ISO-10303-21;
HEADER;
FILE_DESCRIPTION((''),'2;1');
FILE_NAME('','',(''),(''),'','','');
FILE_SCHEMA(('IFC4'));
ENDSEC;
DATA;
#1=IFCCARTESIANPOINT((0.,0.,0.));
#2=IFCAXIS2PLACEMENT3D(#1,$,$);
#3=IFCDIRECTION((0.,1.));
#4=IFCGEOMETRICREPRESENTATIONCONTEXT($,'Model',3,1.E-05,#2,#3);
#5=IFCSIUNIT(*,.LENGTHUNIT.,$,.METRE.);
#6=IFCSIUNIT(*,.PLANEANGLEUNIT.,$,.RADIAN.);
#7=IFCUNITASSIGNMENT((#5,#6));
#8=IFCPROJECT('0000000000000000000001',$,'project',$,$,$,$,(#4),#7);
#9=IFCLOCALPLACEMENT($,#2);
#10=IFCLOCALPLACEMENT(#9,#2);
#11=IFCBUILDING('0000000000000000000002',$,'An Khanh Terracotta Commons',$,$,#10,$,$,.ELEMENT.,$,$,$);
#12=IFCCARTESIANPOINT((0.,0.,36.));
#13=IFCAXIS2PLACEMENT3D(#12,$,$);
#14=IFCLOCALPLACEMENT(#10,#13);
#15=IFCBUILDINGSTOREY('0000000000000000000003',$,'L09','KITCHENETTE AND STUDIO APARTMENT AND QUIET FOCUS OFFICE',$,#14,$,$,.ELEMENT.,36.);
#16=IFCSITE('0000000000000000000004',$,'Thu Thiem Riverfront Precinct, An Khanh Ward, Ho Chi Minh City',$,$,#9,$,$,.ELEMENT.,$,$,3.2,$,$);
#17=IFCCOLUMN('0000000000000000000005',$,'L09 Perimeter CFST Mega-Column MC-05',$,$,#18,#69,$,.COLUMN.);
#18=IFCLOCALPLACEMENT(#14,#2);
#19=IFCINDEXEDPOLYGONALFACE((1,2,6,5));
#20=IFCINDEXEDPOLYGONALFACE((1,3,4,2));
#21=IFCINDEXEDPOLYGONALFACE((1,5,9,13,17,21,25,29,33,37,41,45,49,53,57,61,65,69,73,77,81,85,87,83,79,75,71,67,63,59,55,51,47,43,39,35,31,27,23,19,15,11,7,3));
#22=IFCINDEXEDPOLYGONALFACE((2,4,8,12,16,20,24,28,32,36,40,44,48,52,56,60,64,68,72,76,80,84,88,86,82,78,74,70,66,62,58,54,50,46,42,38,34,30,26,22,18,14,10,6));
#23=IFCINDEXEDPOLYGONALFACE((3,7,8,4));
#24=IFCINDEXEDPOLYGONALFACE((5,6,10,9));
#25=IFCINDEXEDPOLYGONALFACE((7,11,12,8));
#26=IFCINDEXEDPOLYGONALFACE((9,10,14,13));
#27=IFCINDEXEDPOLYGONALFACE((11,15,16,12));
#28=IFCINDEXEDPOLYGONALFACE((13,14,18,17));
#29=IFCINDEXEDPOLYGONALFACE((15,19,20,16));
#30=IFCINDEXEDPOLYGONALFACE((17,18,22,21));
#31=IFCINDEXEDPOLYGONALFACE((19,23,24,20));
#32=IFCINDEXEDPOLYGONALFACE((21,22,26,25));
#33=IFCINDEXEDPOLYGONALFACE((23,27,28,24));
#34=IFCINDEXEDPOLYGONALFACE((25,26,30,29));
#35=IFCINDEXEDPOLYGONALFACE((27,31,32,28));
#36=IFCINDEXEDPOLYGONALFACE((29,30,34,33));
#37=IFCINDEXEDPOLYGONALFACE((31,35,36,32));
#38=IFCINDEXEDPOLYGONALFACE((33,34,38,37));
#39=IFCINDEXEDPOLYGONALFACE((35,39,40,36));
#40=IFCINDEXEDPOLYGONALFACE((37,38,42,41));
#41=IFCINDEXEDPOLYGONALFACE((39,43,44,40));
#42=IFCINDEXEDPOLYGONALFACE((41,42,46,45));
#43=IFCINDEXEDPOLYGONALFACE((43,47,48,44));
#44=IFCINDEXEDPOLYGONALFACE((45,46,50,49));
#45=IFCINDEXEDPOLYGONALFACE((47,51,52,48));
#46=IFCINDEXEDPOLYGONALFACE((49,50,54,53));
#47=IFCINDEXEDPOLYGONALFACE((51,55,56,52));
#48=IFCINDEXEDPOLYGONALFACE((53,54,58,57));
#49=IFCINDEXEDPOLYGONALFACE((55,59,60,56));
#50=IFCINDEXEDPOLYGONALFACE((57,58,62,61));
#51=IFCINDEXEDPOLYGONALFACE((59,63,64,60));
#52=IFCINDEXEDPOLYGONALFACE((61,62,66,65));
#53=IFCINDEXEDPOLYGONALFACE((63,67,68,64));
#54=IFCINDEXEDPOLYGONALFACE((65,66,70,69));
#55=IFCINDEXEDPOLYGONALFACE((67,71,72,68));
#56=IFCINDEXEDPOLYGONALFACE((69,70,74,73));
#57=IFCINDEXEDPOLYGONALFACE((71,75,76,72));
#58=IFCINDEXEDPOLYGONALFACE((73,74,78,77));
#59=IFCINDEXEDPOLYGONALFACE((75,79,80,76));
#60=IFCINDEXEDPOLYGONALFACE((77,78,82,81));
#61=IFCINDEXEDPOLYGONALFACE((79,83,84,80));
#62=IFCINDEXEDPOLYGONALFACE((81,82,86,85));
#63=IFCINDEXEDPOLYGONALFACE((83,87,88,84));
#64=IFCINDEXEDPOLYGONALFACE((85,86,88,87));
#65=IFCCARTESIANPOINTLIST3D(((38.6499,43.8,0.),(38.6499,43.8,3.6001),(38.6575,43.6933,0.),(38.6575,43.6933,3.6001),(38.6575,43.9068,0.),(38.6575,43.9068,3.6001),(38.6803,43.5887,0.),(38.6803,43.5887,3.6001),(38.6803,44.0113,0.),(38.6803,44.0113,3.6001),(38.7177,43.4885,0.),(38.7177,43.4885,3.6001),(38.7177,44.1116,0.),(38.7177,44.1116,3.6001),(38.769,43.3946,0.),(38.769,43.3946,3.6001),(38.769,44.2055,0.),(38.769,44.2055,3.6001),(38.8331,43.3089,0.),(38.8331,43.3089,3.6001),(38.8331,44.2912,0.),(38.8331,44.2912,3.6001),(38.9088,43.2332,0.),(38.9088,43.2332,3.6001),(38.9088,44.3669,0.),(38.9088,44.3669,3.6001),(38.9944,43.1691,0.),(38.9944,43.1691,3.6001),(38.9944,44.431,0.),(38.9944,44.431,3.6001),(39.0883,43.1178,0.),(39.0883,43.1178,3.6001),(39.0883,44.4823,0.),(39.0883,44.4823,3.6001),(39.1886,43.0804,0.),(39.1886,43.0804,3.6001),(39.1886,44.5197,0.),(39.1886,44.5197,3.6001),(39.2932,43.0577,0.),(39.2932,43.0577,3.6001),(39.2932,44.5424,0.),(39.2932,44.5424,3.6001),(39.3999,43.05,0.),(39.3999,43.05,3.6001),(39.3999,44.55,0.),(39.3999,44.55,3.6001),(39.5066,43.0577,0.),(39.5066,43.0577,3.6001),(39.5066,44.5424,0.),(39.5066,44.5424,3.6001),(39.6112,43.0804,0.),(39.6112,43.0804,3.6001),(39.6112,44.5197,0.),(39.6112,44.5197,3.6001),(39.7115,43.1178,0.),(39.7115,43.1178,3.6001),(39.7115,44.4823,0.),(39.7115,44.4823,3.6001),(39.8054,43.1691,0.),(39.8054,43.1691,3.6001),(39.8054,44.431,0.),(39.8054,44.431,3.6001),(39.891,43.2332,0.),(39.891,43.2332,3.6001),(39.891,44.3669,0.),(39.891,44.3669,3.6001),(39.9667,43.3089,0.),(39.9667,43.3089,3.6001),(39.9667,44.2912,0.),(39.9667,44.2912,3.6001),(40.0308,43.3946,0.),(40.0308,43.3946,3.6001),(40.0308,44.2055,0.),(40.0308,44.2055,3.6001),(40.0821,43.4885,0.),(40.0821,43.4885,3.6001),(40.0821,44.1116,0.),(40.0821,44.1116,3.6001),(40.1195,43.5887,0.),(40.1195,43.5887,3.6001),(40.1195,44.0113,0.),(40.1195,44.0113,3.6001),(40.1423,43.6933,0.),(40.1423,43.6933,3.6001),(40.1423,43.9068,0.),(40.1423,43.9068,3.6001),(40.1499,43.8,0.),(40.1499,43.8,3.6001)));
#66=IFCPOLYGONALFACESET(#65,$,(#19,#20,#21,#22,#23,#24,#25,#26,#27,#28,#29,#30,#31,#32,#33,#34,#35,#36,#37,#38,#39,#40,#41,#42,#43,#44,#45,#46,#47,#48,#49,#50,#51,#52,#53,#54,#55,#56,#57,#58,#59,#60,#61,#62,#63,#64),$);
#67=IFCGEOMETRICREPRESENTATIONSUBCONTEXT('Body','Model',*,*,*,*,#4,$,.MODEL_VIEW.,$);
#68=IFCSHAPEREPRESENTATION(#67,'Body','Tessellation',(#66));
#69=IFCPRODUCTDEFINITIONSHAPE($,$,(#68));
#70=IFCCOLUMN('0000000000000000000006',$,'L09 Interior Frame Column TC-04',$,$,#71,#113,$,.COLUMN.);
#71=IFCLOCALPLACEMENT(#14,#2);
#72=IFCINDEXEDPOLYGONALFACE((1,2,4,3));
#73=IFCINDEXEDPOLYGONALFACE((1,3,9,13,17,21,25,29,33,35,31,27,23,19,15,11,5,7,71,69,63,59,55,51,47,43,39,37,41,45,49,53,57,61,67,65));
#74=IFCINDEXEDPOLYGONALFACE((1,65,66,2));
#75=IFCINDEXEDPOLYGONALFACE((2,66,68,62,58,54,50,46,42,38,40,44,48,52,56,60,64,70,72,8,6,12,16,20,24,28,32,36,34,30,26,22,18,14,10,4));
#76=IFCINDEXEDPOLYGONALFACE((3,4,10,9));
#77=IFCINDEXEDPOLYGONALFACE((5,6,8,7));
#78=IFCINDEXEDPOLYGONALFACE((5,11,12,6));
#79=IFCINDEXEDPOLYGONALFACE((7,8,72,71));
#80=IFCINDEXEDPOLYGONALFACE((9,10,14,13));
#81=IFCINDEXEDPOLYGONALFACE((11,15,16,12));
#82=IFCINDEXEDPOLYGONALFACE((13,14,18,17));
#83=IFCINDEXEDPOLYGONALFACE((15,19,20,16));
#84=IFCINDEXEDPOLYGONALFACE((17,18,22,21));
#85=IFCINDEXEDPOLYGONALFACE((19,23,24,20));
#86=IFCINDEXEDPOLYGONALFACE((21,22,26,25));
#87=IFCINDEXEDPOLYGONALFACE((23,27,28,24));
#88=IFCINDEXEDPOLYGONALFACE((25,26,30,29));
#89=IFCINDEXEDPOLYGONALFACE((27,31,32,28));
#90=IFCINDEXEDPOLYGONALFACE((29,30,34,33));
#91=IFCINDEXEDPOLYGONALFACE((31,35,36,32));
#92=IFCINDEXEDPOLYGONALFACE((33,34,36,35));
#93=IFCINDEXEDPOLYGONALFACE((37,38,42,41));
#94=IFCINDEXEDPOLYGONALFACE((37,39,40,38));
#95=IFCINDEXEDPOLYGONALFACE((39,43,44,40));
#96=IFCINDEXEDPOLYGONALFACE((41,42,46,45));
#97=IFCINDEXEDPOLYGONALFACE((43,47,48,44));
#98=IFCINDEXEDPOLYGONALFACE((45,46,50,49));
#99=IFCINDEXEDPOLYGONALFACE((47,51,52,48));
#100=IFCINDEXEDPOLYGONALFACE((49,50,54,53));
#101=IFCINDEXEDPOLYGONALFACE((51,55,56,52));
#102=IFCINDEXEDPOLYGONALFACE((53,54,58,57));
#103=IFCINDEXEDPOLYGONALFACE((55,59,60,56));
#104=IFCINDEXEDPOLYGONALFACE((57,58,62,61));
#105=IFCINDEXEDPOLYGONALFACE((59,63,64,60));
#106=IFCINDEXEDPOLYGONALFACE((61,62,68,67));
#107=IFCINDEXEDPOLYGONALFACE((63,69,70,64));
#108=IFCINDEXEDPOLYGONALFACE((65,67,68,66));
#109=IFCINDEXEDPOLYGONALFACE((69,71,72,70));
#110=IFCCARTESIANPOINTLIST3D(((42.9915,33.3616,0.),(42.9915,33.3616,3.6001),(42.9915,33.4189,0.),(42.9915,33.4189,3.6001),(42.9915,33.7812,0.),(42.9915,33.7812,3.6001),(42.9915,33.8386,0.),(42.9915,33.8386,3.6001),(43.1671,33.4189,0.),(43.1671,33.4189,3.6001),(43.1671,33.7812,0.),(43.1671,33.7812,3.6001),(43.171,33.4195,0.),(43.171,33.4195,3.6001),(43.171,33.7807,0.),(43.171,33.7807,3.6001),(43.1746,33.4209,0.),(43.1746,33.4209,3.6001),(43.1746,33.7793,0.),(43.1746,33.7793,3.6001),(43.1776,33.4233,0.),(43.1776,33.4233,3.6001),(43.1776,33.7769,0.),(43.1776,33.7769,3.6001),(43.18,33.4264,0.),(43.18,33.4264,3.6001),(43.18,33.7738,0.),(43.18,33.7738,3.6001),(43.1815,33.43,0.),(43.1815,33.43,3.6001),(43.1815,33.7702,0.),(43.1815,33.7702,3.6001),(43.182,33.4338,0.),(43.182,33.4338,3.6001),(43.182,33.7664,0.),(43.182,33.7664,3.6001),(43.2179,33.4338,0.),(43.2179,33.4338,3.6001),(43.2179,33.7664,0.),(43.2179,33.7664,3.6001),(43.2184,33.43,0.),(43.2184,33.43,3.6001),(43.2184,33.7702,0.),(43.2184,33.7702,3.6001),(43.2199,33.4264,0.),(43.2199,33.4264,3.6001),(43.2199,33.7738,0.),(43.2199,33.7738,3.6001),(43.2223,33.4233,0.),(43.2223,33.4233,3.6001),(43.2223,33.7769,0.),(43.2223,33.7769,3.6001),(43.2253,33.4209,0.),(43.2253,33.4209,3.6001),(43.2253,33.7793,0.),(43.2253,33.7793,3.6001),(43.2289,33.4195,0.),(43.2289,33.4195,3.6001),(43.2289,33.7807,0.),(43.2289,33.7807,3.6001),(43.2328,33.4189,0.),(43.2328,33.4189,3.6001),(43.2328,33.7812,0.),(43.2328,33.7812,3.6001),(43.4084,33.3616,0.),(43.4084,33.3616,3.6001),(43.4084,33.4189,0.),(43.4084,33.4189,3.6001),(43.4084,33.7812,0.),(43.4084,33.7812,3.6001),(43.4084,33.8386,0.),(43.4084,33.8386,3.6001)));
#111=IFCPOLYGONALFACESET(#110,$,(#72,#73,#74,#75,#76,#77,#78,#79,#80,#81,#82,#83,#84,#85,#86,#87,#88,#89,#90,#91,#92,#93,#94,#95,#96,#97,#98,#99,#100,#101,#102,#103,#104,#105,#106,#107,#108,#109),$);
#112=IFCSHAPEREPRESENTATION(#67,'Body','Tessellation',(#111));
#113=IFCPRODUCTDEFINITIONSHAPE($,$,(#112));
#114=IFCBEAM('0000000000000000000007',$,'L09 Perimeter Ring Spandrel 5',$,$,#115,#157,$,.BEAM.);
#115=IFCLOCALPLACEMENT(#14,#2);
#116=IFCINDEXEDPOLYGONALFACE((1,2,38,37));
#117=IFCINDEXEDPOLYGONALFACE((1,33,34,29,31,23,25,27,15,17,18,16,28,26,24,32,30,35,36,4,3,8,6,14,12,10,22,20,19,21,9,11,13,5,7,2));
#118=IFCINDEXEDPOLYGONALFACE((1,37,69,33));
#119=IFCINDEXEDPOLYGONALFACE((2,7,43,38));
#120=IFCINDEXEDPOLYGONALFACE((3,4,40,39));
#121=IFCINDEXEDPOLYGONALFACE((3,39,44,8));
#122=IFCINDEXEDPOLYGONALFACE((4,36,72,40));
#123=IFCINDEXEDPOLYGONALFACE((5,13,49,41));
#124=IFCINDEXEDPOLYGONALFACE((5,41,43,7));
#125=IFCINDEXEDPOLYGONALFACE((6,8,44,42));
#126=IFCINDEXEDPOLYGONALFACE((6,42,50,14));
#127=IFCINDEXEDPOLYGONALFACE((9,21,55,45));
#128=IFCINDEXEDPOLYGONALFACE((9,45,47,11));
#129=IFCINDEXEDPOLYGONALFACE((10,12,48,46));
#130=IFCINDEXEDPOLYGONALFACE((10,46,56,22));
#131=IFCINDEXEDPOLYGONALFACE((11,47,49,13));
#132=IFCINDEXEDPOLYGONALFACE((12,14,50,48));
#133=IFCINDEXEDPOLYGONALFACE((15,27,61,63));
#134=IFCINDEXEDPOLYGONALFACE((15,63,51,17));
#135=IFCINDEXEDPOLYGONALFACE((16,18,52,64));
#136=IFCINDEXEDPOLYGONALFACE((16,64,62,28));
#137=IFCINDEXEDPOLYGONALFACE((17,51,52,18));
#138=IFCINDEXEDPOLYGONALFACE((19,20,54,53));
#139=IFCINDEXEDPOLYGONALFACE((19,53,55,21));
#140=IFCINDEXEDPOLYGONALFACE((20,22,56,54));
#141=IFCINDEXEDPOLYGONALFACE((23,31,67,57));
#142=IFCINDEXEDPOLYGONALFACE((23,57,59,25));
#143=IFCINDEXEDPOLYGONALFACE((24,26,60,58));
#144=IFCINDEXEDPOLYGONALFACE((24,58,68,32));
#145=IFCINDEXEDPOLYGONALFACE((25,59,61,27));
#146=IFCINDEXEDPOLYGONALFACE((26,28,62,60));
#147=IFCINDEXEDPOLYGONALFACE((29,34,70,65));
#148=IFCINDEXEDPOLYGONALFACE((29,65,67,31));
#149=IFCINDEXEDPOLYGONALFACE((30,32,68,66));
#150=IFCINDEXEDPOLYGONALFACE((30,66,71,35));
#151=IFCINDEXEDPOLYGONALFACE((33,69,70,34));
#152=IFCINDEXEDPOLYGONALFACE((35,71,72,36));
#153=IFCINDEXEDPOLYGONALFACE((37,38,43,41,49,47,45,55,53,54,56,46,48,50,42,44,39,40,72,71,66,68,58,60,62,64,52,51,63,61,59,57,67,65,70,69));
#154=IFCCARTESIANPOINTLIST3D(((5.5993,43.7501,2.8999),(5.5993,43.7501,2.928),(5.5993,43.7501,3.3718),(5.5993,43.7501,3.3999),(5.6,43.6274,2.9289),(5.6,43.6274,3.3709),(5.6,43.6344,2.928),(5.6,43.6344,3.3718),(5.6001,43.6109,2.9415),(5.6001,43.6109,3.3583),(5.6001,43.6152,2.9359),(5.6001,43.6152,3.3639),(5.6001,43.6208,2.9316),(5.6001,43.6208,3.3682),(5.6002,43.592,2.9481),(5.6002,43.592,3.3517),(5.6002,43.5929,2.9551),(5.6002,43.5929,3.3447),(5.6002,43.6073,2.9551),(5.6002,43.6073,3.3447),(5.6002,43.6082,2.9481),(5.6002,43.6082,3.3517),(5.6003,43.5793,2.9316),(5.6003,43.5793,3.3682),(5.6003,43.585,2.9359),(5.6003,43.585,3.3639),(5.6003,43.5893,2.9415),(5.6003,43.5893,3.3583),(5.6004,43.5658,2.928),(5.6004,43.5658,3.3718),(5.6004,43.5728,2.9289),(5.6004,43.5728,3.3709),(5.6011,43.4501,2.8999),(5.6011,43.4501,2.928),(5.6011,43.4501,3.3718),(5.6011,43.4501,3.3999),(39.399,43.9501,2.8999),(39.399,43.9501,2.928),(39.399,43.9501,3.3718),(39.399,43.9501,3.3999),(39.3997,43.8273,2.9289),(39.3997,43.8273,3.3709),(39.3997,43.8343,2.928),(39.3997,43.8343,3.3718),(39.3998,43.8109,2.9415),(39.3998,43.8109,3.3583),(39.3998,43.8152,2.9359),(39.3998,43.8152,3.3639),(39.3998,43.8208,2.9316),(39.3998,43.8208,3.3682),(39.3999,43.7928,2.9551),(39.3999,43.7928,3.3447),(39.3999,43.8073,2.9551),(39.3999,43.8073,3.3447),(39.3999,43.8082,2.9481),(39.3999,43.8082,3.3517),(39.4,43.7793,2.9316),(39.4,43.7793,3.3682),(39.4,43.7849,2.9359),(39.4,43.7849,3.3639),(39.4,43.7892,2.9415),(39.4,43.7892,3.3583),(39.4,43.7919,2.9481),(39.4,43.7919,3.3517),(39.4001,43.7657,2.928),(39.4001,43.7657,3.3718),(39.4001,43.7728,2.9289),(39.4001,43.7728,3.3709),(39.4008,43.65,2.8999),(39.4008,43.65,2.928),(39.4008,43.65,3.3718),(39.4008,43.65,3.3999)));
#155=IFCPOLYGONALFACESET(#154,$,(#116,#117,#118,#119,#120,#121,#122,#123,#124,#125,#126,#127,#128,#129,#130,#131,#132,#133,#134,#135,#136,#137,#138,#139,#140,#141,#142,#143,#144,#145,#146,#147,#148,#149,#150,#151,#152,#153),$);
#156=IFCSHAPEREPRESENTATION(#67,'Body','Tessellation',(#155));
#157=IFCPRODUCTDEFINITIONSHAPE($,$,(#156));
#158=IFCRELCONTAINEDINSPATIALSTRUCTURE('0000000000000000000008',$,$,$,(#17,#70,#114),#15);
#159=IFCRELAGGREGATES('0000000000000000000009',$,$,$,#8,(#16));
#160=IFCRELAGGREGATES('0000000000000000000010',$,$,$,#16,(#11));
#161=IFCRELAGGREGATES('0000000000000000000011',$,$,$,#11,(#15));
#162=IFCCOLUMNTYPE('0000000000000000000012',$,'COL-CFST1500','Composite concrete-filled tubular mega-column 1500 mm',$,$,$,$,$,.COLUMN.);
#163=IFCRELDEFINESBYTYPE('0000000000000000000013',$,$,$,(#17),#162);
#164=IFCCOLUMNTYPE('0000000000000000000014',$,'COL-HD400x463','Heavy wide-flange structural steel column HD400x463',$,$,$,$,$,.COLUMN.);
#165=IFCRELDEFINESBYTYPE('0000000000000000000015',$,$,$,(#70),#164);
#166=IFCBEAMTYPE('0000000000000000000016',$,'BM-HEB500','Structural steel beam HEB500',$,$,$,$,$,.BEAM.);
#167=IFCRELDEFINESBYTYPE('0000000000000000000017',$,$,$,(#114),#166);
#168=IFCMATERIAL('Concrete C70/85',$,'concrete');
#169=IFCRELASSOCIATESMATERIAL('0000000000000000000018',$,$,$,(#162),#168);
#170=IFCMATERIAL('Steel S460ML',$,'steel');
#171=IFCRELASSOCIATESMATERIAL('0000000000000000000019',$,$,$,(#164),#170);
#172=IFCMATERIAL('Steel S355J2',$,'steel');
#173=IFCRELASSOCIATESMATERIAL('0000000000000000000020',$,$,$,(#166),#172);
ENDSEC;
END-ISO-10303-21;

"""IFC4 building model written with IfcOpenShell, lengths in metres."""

from ifc_helpers import new_model, si_unit, direction, frame, origin, origin_2d, place, context, subcontext, project, spatial, circle, i_section, extrude, material, material_profile, profile_set, type_object, element, save


model = new_model("IFC4")

# Units and contexts
model_context = context("Model", 3, precision=1e-05, world=origin(), true_north=direction((0.0, 1.0)))
body_context = subcontext(model_context, "Body", "Model", "MODEL_VIEW")
ifc_project = project(units=[si_unit("LENGTHUNIT", "METRE"), si_unit("PLANEANGLEUNIT", "RADIAN")], contexts=[model_context])

# Site, building, storey
site_placement = place(None, origin())
site = spatial("IfcSite", under=ifc_project, at=site_placement, Name="Thu Thiem Riverfront Precinct, An Khanh Ward, Ho Chi Minh City", CompositionType="ELEMENT", RefElevation=3.2)
building_placement = place(site_placement, origin())
building = spatial("IfcBuilding", under=site, at=building_placement, Name="An Khanh Terracotta Commons", CompositionType="ELEMENT")
storey_placement = place(building_placement, frame((0.0, 0.0, 36.0)))
storey = spatial("IfcBuildingStorey", under=building, at=storey_placement, Name="L09", Description="KITCHENETTE AND STUDIO APARTMENT AND QUIET FOCUS OFFICE", CompositionType="ELEMENT", Elevation=36.0)

# Columns
ifc_material_1 = material(Name="Concrete C70/85", Category="concrete")
ifc_material_profile_1 = material_profile(ifc_material_1, circle(Radius=0.75, at=origin_2d()), Name="CFST1500")
ifc_profile_set_1 = profile_set([ifc_material_profile_1], Name="Concrete C70/85")
column_type_1 = type_object("IfcColumnType", Name="COL-CFST1500", Description="Composite concrete-filled tubular mega-column 1500 mm", PredefinedType="COLUMN", material=ifc_profile_set_1)
column_1_placement = place(storey_placement, frame((39.3999, 43.8, 0.0), z_axis=(0.0, 0.0, 1.0), x_axis=(1.0, 0.0, 0.0)))
element("IfcColumn", 1, at=column_1_placement, inside=storey, type_object=column_type_1, Name="L09 Perimeter CFST Mega-Column MC-05", PredefinedType="COLUMN", context=body_context, shape_type="SweptSolid", body=[
    extrude(circle(Radius=0.75, at=origin_2d()), origin(), (0.0, 0.0, 1.0), 3.6001),
])
ifc_material_2 = material(Name="Steel S460ML", Category="steel")
ifc_material_profile_2 = material_profile(ifc_material_2, i_section(OverallWidth=0.417, OverallDepth=0.4771, WebThickness=0.0359, FlangeThickness=0.0574, FilletRadius=0.0149, at=origin_2d()), Name="HD400x463")
ifc_profile_set_2 = profile_set([ifc_material_profile_2], Name="Steel S460ML")
column_type_2 = type_object("IfcColumnType", Name="COL-HD400x463", Description="Heavy wide-flange structural steel column HD400x463", PredefinedType="COLUMN", material=ifc_profile_set_2)
column_2_placement = place(storey_placement, frame((43.2, 33.6001, 0.0), z_axis=(0.0, 0.0, 1.0), x_axis=(1.0, 0.0, 0.0)))
element("IfcColumn", 2, at=column_2_placement, inside=storey, type_object=column_type_2, Name="L09 Interior Frame Column TC-04", PredefinedType="COLUMN", context=body_context, shape_type="SweptSolid", body=[
    extrude(i_section(OverallWidth=0.417, OverallDepth=0.4771, WebThickness=0.0359, FlangeThickness=0.0574, FilletRadius=0.0149, at=origin_2d()), origin(), (0.0, 0.0, 1.0), 3.6001),
])

# Beam
ifc_material_3 = material(Name="Steel S355J2", Category="steel")
ifc_material_profile_3 = material_profile(ifc_material_3, i_section(OverallWidth=0.3, OverallDepth=0.5, WebThickness=0.0144, FlangeThickness=0.0281, FilletRadius=0.0271, at=origin_2d()), Name="HEB500")
ifc_profile_set_3 = profile_set([ifc_material_profile_3], Name="Steel S355J2")
beam_type_1 = type_object("IfcBeamType", Name="BM-HEB500", Description="Structural steel beam HEB500", PredefinedType="BEAM", material=ifc_profile_set_3)
beam_1_placement = place(storey_placement, frame((39.3999, 43.8, 3.1499), z_axis=(-0.999983, -0.005916, 0.0), x_axis=(0.005916, -0.999983, 0.0)))
element("IfcBeam", 3, at=beam_1_placement, inside=storey, type_object=beam_type_1, Name="L09 Perimeter Ring Spandrel 5", PredefinedType="BEAM", context=body_context, shape_type="SweptSolid", body=[
    extrude(i_section(OverallWidth=0.3, OverallDepth=0.5, WebThickness=0.0144, FlangeThickness=0.0281, FilletRadius=0.0271, at=origin_2d()), origin(), (0.0, 0.0, 1.0), 33.8003),
])

save(model, "model.ifc")
